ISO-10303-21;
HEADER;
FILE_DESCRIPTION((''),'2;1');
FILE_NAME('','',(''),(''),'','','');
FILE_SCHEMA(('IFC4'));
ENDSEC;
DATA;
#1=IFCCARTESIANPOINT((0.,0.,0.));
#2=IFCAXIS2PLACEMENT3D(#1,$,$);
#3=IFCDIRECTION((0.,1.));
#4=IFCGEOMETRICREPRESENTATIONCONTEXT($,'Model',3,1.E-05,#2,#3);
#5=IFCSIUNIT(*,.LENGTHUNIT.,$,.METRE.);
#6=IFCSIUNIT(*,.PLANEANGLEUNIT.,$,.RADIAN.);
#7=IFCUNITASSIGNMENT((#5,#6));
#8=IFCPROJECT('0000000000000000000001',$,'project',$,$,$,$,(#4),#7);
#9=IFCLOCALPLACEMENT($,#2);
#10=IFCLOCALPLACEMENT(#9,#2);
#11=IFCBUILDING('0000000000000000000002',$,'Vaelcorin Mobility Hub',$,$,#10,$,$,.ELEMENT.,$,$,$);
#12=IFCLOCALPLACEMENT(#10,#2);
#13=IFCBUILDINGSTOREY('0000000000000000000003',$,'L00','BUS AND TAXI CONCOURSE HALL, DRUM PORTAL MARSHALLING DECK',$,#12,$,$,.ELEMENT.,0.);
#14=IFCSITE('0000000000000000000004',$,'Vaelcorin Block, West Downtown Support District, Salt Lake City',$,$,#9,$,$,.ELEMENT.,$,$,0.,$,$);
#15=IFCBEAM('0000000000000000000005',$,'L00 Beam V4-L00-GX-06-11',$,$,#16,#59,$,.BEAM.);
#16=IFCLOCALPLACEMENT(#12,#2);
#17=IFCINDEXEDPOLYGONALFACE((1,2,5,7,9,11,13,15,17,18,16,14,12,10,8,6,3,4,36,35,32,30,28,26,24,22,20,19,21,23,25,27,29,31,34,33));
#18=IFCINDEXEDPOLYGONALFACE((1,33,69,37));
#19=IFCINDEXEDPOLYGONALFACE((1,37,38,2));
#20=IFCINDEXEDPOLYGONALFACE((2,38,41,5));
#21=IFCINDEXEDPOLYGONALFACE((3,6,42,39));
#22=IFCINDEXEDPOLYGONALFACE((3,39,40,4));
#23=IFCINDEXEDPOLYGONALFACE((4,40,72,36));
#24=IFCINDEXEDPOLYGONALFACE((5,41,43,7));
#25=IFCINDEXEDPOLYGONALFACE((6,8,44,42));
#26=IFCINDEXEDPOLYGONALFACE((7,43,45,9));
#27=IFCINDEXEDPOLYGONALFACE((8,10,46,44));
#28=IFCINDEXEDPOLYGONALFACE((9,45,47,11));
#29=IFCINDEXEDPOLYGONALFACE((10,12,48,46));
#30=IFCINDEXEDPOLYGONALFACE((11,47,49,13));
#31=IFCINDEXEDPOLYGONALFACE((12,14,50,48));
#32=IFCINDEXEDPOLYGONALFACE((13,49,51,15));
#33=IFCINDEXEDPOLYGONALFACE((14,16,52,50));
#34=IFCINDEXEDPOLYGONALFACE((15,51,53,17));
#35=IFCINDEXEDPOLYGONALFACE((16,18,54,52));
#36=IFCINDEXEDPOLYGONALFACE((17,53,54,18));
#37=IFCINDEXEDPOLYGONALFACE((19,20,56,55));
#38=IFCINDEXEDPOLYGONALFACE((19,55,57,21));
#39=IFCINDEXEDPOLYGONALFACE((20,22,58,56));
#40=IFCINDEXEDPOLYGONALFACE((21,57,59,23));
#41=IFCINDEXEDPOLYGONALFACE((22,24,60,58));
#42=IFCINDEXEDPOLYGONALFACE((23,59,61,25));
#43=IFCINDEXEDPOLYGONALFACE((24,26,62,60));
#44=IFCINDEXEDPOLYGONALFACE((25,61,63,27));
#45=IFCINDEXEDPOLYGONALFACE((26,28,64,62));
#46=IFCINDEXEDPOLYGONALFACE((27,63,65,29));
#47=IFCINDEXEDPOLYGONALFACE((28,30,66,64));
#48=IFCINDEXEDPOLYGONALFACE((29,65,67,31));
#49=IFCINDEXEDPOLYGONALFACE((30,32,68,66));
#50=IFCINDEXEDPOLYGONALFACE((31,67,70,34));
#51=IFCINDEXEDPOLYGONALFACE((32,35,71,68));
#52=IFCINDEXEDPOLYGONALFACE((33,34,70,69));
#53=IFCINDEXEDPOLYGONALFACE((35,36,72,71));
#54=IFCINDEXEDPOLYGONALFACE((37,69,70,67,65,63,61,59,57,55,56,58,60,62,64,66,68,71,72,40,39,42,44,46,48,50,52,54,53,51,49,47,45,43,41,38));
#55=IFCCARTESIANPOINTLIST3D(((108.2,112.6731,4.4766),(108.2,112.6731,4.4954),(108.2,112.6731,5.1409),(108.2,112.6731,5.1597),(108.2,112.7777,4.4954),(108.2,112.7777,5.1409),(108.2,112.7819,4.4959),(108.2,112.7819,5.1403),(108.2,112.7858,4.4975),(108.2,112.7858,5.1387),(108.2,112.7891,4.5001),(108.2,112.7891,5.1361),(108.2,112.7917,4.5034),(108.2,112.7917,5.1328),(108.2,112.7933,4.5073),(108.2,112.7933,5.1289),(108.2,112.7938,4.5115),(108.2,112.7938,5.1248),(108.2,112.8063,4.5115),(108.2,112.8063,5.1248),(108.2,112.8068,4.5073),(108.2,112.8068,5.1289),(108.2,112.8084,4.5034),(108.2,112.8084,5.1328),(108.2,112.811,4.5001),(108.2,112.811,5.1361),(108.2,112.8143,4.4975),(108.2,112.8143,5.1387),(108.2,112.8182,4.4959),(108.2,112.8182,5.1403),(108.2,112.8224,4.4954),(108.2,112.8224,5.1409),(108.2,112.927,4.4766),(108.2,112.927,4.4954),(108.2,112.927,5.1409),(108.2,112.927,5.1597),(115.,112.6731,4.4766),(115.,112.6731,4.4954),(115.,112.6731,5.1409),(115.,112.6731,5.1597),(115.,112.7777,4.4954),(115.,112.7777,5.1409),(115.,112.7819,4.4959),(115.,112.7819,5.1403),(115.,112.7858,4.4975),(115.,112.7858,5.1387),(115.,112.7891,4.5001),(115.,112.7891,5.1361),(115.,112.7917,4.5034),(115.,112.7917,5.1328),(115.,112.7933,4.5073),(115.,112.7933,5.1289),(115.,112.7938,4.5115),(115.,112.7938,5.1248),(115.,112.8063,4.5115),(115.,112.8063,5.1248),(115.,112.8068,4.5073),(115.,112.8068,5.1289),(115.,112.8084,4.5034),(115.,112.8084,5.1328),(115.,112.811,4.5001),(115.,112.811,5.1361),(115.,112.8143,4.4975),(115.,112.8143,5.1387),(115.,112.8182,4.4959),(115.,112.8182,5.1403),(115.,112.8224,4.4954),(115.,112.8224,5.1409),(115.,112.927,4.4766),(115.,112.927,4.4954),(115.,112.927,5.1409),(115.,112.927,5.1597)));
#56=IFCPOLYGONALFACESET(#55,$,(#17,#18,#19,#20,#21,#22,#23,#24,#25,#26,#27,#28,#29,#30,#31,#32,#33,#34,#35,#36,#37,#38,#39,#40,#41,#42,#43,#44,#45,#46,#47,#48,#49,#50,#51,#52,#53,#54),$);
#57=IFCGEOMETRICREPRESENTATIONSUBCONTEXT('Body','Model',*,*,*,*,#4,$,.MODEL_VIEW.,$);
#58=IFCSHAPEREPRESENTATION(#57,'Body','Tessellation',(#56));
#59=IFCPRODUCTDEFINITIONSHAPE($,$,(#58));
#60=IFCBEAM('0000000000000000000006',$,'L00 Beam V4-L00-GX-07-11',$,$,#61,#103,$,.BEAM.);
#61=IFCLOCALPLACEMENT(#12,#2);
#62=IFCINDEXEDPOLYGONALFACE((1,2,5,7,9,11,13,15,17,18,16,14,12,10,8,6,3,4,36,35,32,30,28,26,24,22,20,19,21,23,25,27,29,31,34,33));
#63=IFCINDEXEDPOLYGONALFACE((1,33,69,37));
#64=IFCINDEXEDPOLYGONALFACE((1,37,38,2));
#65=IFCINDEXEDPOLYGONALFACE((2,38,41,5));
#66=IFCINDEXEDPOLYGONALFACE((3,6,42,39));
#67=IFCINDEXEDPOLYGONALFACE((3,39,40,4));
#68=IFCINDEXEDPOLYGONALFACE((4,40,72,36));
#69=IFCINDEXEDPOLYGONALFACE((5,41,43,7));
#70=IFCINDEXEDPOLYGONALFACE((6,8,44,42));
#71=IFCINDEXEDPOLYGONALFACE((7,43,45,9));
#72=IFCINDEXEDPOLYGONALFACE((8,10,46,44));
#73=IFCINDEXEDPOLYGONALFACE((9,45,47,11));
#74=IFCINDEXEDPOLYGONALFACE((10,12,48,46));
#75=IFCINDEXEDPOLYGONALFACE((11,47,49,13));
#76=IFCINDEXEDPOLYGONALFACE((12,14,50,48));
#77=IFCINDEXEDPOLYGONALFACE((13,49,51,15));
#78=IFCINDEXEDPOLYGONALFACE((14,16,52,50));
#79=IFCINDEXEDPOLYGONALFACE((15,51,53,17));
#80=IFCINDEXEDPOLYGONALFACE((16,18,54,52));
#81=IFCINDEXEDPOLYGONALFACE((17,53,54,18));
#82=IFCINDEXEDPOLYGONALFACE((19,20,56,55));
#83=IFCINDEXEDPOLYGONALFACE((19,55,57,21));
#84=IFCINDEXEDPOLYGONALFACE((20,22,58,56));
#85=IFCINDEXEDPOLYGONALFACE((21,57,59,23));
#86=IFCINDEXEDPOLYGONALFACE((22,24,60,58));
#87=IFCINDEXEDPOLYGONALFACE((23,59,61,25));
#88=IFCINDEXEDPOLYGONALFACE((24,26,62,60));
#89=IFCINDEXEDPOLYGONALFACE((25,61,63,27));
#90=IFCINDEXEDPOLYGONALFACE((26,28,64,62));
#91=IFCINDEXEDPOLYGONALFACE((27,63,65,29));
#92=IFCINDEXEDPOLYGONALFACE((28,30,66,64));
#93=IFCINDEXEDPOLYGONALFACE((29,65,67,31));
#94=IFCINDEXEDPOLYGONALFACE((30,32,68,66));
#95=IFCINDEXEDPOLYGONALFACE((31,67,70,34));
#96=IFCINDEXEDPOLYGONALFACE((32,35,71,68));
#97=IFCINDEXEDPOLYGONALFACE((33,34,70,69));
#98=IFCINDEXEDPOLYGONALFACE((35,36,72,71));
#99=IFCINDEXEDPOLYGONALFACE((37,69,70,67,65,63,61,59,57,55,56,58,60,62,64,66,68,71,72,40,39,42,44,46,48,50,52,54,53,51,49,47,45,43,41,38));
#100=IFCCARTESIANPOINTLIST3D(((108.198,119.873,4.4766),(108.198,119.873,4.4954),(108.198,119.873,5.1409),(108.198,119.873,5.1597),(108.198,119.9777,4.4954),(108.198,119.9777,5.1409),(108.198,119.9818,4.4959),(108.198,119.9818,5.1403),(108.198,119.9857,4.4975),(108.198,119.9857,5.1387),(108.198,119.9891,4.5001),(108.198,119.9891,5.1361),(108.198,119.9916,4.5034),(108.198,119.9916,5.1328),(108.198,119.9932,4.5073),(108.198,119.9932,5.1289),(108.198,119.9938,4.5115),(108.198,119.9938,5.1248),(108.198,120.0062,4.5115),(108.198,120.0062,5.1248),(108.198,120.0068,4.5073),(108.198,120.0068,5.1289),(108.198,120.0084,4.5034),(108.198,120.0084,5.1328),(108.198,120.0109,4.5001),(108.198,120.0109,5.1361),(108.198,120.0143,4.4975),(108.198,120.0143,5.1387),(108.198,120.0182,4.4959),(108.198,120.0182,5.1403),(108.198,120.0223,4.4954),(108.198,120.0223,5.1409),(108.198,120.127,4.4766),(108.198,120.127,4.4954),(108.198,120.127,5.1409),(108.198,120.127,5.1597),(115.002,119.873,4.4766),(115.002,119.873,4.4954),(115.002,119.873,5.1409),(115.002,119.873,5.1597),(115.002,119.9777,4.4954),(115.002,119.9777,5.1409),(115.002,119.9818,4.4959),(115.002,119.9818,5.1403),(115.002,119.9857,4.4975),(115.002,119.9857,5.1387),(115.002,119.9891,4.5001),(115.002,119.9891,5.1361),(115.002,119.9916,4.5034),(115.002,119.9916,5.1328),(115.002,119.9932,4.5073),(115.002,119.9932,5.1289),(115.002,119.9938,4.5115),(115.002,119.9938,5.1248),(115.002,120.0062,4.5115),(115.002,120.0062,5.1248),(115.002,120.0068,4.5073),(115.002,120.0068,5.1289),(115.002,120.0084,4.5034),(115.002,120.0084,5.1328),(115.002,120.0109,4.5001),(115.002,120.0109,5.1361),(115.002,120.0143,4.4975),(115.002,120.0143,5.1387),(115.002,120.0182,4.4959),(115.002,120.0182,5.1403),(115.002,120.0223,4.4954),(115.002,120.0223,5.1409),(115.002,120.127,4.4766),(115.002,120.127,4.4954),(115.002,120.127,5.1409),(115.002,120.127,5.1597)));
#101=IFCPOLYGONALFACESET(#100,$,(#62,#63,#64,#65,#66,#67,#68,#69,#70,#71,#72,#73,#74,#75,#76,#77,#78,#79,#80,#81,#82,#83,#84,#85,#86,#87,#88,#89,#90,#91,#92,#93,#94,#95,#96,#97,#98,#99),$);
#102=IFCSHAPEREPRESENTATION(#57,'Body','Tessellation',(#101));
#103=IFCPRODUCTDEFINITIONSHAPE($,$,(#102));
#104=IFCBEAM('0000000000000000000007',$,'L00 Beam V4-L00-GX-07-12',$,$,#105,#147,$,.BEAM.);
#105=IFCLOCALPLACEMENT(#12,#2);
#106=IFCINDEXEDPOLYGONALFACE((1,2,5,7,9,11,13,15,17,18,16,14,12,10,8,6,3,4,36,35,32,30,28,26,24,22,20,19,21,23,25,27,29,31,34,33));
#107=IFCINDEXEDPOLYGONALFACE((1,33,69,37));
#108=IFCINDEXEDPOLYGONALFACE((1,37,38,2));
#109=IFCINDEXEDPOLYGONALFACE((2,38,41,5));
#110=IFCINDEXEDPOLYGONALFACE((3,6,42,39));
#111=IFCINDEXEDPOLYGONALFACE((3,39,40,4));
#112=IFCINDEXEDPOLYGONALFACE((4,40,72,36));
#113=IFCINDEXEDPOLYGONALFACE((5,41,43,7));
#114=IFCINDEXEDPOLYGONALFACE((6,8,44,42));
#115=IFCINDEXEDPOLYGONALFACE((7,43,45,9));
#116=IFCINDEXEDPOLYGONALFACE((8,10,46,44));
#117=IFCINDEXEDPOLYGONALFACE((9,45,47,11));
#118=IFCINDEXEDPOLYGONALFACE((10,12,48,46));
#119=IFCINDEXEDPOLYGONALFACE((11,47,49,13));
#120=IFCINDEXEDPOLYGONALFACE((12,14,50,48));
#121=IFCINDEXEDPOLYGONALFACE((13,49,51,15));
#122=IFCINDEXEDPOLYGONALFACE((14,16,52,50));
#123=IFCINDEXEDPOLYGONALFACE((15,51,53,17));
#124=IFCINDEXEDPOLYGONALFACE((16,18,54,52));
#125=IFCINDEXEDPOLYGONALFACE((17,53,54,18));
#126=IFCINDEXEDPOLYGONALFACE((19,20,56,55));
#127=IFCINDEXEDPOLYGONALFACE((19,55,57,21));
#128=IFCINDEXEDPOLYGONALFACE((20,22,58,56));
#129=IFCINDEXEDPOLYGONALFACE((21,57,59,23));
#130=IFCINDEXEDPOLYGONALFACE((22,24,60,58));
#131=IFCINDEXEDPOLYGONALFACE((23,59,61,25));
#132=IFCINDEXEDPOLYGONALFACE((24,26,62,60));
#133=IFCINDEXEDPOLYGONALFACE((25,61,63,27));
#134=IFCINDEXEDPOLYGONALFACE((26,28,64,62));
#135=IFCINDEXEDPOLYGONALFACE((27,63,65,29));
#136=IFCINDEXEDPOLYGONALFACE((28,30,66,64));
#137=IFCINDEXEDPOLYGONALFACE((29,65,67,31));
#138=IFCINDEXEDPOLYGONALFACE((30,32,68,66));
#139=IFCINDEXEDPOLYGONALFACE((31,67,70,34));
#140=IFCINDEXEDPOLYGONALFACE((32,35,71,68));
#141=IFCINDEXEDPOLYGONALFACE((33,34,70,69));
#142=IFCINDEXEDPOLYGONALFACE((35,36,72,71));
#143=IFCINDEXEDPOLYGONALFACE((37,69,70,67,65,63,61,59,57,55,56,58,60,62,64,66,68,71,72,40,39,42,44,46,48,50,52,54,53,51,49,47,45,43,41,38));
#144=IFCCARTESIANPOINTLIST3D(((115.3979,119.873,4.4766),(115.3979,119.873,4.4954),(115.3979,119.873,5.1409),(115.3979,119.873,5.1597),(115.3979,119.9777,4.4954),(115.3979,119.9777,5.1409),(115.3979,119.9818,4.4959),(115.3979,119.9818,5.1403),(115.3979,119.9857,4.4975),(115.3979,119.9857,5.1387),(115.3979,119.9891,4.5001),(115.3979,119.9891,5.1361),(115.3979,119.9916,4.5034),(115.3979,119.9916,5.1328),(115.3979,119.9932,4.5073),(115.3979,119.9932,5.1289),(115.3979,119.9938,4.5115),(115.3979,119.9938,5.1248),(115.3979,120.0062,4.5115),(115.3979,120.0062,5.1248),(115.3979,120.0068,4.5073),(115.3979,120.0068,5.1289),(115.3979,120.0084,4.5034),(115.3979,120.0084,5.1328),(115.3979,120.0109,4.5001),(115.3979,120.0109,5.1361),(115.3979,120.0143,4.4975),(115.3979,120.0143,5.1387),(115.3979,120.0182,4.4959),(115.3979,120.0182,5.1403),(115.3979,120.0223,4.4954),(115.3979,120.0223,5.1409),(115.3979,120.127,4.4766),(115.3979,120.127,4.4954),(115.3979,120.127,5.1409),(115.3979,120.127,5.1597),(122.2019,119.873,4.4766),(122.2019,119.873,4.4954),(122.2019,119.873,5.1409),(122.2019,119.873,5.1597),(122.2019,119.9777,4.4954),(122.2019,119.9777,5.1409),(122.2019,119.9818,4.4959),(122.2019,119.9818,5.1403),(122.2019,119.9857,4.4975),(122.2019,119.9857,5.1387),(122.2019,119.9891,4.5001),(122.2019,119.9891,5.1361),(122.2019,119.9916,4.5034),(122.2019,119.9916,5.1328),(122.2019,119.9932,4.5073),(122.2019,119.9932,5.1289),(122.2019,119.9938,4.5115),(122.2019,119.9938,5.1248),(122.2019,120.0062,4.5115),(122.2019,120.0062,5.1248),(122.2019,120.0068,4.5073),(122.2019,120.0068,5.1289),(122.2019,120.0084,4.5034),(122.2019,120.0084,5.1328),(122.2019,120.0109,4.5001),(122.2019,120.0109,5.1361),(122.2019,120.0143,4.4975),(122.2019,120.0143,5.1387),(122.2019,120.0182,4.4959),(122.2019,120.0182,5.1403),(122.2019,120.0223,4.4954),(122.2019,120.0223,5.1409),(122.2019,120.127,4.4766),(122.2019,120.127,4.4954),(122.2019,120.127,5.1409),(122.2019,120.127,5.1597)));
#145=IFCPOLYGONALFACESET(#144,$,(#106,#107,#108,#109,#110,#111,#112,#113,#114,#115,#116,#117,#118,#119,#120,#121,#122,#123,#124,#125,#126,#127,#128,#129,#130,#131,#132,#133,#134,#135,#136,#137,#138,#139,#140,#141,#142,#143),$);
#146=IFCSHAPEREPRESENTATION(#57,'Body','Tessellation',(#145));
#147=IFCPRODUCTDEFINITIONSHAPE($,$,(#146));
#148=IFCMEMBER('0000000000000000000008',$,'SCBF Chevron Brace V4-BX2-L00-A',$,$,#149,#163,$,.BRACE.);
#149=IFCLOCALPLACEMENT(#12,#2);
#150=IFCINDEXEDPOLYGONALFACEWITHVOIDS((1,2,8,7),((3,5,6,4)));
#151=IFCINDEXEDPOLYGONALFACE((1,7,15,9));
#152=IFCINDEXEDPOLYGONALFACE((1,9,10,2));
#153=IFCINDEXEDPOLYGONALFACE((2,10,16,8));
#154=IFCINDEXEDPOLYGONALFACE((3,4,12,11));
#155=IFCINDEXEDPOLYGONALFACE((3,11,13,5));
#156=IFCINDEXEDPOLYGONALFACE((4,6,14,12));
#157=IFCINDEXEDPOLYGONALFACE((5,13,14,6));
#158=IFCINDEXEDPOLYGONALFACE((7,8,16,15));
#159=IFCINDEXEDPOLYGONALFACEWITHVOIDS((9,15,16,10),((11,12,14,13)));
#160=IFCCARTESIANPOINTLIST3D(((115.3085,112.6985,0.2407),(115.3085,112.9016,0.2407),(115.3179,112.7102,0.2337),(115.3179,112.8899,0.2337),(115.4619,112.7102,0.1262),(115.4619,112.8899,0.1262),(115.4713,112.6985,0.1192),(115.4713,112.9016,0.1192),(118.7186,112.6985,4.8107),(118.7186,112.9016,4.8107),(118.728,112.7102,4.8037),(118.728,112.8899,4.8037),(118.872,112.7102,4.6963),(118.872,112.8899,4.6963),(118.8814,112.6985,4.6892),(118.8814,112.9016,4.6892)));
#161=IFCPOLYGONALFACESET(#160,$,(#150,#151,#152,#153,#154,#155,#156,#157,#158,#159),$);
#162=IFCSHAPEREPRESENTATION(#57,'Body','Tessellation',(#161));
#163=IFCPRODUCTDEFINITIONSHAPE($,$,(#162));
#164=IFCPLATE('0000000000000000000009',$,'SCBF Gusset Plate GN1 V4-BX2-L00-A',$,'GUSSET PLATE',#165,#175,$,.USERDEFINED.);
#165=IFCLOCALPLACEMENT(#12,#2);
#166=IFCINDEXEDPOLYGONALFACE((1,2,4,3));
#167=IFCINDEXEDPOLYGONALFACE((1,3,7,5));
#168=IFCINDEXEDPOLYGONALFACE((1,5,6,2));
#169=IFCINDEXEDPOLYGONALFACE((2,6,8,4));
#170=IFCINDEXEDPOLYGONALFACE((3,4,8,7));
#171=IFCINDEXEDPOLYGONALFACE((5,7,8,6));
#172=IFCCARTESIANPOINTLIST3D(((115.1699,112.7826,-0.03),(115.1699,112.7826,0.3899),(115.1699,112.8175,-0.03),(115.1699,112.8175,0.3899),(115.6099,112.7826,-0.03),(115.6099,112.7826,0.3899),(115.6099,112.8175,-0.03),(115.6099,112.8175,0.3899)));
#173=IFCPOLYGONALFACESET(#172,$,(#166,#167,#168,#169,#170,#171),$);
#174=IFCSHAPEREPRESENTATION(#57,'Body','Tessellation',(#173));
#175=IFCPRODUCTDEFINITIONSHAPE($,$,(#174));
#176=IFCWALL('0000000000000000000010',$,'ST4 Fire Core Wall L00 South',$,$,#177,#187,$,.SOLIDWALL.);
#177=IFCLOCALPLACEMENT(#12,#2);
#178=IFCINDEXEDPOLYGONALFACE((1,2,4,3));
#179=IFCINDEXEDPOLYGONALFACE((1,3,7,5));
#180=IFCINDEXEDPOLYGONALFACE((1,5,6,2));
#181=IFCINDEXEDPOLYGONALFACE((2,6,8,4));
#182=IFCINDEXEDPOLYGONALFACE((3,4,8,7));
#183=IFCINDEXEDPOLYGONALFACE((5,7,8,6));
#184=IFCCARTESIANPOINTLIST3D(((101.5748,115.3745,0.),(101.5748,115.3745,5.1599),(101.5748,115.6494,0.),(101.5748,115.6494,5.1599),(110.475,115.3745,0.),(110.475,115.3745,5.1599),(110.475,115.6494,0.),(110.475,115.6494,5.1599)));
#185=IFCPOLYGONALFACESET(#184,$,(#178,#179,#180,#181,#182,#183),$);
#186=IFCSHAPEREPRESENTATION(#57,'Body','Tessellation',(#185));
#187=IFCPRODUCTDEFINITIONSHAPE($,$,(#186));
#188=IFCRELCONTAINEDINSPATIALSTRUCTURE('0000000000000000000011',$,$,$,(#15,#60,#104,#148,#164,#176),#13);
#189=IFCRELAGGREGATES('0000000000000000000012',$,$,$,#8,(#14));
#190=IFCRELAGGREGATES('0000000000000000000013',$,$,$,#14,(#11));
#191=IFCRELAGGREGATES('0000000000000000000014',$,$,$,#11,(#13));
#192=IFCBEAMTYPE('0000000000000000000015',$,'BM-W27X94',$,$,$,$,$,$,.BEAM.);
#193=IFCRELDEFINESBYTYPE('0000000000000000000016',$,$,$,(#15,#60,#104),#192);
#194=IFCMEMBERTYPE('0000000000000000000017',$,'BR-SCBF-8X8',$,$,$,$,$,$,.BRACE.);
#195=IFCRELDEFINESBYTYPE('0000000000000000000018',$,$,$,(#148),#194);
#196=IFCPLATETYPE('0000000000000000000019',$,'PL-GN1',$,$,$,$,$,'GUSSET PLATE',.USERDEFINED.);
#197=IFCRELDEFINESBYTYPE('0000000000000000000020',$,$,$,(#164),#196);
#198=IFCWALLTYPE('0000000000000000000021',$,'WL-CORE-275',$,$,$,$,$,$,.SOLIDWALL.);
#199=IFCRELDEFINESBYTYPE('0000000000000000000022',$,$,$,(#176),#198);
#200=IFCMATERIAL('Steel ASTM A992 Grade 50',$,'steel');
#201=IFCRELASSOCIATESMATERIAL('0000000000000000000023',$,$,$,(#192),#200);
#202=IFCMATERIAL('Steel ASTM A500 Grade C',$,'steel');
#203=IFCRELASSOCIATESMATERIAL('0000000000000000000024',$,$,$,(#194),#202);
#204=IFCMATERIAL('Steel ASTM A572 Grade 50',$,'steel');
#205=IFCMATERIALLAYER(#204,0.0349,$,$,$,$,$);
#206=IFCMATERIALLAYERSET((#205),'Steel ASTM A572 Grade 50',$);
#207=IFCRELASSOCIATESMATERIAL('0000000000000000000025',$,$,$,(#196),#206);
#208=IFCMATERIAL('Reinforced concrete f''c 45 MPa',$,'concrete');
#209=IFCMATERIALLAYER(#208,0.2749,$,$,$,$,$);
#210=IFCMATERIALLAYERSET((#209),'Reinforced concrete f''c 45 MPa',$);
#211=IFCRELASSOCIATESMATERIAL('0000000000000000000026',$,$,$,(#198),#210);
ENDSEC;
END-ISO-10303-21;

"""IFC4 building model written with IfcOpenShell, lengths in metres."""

from ifc_helpers import new_model, si_unit, direction, frame, frame_2d, origin, origin_2d, place, context, subcontext, project, spatial, rectangle, hollow_rectangle, i_section, extrude, material, layer, layer_set, material_profile, profile_set, type_object, element, save


model = new_model("IFC4")

# Units and contexts
model_context = context("Model", 3, precision=1e-05, world=origin(), true_north=direction((0.0, 1.0)))
body_context = subcontext(model_context, "Body", "Model", "MODEL_VIEW")
ifc_project = project(units=[si_unit("LENGTHUNIT", "METRE"), si_unit("PLANEANGLEUNIT", "RADIAN")], contexts=[model_context])

# Site, building, storey
site_placement = place(None, origin())
site = spatial("IfcSite", under=ifc_project, at=site_placement, Name="Vaelcorin Block, West Downtown Support District, Salt Lake City", CompositionType="ELEMENT", RefElevation=0.0)
building_placement = place(site_placement, origin())
building = spatial("IfcBuilding", under=site, at=building_placement, Name="Vaelcorin Mobility Hub", CompositionType="ELEMENT")
storey_placement = place(building_placement, origin())
storey = spatial("IfcBuildingStorey", under=building, at=storey_placement, Name="L00", Description="BUS AND TAXI CONCOURSE HALL, DRUM PORTAL MARSHALLING DECK", CompositionType="ELEMENT", Elevation=0.0)

# Shared definitions
ifc_material_1 = material(Name="Steel ASTM A992 Grade 50", Category="steel")

# Beams
ifc_material_profile_1 = material_profile(ifc_material_1, i_section(OverallWidth=0.2539, OverallDepth=0.6831, WebThickness=0.0125, FlangeThickness=0.0188, FilletRadius=0.0161, at=origin_2d()), Name="W27X94")
ifc_profile_set_1 = profile_set([ifc_material_profile_1], Name="Steel ASTM A992 Grade 50")
beam_type_1 = type_object("IfcBeamType", Name="BM-W27X94", PredefinedType="BEAM", material=ifc_profile_set_1)
beam_1_placement = place(storey_placement, frame((108.2, 112.8, 4.8181), z_axis=(1.0, 0.0, 0.0), x_axis=(0.0, 1.0, 0.0)))
element("IfcBeam", 1, at=beam_1_placement, inside=storey, type_object=beam_type_1, Name="L00 Beam V4-L00-GX-06-11", PredefinedType="BEAM", context=body_context, shape_type="SweptSolid", body=[
    extrude(i_section(OverallWidth=0.2539, OverallDepth=0.6831, WebThickness=0.0125, FlangeThickness=0.0188, FilletRadius=0.0161, at=origin_2d()), origin(), (0.0, 0.0, 1.0), 6.8),
])
for number, where, z_axis, x_axis, name in (
    (2, (108.198, 120.0, 4.8181), (1.0, 0.0, 0.0), (0.0, 1.0, 0.0), "L00 Beam V4-L00-GX-07-11"),
    (3, (115.3979, 120.0, 4.8181), (1.0, 0.0, 0.0), (0.0, 1.0, 0.0), "L00 Beam V4-L00-GX-07-12"),
):
    element("IfcBeam", number, at=place(storey_placement, frame(where, z_axis=z_axis, x_axis=x_axis)), inside=storey, type_object=beam_type_1, Name=name, PredefinedType="BEAM", context=body_context, shape_type="SweptSolid", body=[
        extrude(i_section(OverallWidth=0.2539, OverallDepth=0.6831, WebThickness=0.0125, FlangeThickness=0.0188, FilletRadius=0.0161, at=origin_2d()), origin(), (0.0, 0.0, 1.0), 6.804),
    ])

# Member
ifc_material_2 = material(Name="Steel ASTM A500 Grade C", Category="steel")
ifc_material_profile_2 = material_profile(ifc_material_2, hollow_rectangle(XDim=0.2031, YDim=0.2031, WallThickness=0.0117, at=origin_2d()), Name="HSS8X8X0.500")
ifc_profile_set_2 = profile_set([ifc_material_profile_2], Name="Steel ASTM A500 Grade C")
member_type = type_object("IfcMemberType", Name="BR-SCBF-8X8", PredefinedType="BRACE", material=ifc_profile_set_2)
member_placement = place(storey_placement, frame((115.3899, 112.8, 0.1799), z_axis=(0.598046, 0.0, 0.801462), x_axis=(0.0, 1.0, 0.0)))
element("IfcMember", 4, at=member_placement, inside=storey, type_object=member_type, Name="SCBF Chevron Brace V4-BX2-L00-A", PredefinedType="BRACE", context=body_context, shape_type="SweptSolid", body=[
    extrude(hollow_rectangle(XDim=0.2031, YDim=0.2031, WallThickness=0.0117, at=origin_2d()), origin(), (0.0, 0.0, 1.0), 5.7021),
])

# Plate
ifc_material_3 = material(Name="Steel ASTM A572 Grade 50", Category="steel")
ifc_layer_1 = layer(ifc_material_3, 0.0349)
ifc_layer_set_1 = layer_set([ifc_layer_1], Name="Steel ASTM A572 Grade 50")
plate_type = type_object("IfcPlateType", Name="PL-GN1", ElementType="GUSSET PLATE", PredefinedType="USERDEFINED", material=ifc_layer_set_1)
plate_placement = place(storey_placement, frame((115.3899, 112.8, -0.03), z_axis=(0.0, 0.0, 1.0), x_axis=(1.0, 0.0, 0.0)))
element("IfcPlate", 5, at=plate_placement, inside=storey, type_object=plate_type, Name="SCBF Gusset Plate GN1 V4-BX2-L00-A", ObjectType="GUSSET PLATE", PredefinedType="USERDEFINED", context=body_context, shape_type="SweptSolid", body=[
    extrude(rectangle(XDim=0.4399, YDim=0.0349, at=origin_2d()), origin(), (0.0, 0.0, 1.0), 0.4199),
])

# Wall
ifc_material_4 = material(Name="Reinforced concrete f'c 45 MPa", Category="concrete")
ifc_layer_2 = layer(ifc_material_4, 0.2749)
ifc_layer_set_2 = layer_set([ifc_layer_2], Name="Reinforced concrete f'c 45 MPa")
wall_type_1 = type_object("IfcWallType", Name="WL-CORE-275", PredefinedType="SOLIDWALL", material=ifc_layer_set_2)
wall_1_placement = place(storey_placement, frame((110.4751, 115.512, 0.0), z_axis=(0.0, 0.0, 1.0), x_axis=(-1.0, 0.0, 0.0)))
element("IfcWall", 6, at=wall_1_placement, inside=storey, type_object=wall_type_1, Name="ST4 Fire Core Wall L00 South", PredefinedType="SOLIDWALL", context=body_context, shape_type="SweptSolid", body=[
    extrude(rectangle(XDim=8.9001, YDim=0.2749, at=frame_2d((4.4502, 0.0))), origin(), (0.0, 0.0, 1.0), 5.1599),
])

save(model, "model.ifc")
